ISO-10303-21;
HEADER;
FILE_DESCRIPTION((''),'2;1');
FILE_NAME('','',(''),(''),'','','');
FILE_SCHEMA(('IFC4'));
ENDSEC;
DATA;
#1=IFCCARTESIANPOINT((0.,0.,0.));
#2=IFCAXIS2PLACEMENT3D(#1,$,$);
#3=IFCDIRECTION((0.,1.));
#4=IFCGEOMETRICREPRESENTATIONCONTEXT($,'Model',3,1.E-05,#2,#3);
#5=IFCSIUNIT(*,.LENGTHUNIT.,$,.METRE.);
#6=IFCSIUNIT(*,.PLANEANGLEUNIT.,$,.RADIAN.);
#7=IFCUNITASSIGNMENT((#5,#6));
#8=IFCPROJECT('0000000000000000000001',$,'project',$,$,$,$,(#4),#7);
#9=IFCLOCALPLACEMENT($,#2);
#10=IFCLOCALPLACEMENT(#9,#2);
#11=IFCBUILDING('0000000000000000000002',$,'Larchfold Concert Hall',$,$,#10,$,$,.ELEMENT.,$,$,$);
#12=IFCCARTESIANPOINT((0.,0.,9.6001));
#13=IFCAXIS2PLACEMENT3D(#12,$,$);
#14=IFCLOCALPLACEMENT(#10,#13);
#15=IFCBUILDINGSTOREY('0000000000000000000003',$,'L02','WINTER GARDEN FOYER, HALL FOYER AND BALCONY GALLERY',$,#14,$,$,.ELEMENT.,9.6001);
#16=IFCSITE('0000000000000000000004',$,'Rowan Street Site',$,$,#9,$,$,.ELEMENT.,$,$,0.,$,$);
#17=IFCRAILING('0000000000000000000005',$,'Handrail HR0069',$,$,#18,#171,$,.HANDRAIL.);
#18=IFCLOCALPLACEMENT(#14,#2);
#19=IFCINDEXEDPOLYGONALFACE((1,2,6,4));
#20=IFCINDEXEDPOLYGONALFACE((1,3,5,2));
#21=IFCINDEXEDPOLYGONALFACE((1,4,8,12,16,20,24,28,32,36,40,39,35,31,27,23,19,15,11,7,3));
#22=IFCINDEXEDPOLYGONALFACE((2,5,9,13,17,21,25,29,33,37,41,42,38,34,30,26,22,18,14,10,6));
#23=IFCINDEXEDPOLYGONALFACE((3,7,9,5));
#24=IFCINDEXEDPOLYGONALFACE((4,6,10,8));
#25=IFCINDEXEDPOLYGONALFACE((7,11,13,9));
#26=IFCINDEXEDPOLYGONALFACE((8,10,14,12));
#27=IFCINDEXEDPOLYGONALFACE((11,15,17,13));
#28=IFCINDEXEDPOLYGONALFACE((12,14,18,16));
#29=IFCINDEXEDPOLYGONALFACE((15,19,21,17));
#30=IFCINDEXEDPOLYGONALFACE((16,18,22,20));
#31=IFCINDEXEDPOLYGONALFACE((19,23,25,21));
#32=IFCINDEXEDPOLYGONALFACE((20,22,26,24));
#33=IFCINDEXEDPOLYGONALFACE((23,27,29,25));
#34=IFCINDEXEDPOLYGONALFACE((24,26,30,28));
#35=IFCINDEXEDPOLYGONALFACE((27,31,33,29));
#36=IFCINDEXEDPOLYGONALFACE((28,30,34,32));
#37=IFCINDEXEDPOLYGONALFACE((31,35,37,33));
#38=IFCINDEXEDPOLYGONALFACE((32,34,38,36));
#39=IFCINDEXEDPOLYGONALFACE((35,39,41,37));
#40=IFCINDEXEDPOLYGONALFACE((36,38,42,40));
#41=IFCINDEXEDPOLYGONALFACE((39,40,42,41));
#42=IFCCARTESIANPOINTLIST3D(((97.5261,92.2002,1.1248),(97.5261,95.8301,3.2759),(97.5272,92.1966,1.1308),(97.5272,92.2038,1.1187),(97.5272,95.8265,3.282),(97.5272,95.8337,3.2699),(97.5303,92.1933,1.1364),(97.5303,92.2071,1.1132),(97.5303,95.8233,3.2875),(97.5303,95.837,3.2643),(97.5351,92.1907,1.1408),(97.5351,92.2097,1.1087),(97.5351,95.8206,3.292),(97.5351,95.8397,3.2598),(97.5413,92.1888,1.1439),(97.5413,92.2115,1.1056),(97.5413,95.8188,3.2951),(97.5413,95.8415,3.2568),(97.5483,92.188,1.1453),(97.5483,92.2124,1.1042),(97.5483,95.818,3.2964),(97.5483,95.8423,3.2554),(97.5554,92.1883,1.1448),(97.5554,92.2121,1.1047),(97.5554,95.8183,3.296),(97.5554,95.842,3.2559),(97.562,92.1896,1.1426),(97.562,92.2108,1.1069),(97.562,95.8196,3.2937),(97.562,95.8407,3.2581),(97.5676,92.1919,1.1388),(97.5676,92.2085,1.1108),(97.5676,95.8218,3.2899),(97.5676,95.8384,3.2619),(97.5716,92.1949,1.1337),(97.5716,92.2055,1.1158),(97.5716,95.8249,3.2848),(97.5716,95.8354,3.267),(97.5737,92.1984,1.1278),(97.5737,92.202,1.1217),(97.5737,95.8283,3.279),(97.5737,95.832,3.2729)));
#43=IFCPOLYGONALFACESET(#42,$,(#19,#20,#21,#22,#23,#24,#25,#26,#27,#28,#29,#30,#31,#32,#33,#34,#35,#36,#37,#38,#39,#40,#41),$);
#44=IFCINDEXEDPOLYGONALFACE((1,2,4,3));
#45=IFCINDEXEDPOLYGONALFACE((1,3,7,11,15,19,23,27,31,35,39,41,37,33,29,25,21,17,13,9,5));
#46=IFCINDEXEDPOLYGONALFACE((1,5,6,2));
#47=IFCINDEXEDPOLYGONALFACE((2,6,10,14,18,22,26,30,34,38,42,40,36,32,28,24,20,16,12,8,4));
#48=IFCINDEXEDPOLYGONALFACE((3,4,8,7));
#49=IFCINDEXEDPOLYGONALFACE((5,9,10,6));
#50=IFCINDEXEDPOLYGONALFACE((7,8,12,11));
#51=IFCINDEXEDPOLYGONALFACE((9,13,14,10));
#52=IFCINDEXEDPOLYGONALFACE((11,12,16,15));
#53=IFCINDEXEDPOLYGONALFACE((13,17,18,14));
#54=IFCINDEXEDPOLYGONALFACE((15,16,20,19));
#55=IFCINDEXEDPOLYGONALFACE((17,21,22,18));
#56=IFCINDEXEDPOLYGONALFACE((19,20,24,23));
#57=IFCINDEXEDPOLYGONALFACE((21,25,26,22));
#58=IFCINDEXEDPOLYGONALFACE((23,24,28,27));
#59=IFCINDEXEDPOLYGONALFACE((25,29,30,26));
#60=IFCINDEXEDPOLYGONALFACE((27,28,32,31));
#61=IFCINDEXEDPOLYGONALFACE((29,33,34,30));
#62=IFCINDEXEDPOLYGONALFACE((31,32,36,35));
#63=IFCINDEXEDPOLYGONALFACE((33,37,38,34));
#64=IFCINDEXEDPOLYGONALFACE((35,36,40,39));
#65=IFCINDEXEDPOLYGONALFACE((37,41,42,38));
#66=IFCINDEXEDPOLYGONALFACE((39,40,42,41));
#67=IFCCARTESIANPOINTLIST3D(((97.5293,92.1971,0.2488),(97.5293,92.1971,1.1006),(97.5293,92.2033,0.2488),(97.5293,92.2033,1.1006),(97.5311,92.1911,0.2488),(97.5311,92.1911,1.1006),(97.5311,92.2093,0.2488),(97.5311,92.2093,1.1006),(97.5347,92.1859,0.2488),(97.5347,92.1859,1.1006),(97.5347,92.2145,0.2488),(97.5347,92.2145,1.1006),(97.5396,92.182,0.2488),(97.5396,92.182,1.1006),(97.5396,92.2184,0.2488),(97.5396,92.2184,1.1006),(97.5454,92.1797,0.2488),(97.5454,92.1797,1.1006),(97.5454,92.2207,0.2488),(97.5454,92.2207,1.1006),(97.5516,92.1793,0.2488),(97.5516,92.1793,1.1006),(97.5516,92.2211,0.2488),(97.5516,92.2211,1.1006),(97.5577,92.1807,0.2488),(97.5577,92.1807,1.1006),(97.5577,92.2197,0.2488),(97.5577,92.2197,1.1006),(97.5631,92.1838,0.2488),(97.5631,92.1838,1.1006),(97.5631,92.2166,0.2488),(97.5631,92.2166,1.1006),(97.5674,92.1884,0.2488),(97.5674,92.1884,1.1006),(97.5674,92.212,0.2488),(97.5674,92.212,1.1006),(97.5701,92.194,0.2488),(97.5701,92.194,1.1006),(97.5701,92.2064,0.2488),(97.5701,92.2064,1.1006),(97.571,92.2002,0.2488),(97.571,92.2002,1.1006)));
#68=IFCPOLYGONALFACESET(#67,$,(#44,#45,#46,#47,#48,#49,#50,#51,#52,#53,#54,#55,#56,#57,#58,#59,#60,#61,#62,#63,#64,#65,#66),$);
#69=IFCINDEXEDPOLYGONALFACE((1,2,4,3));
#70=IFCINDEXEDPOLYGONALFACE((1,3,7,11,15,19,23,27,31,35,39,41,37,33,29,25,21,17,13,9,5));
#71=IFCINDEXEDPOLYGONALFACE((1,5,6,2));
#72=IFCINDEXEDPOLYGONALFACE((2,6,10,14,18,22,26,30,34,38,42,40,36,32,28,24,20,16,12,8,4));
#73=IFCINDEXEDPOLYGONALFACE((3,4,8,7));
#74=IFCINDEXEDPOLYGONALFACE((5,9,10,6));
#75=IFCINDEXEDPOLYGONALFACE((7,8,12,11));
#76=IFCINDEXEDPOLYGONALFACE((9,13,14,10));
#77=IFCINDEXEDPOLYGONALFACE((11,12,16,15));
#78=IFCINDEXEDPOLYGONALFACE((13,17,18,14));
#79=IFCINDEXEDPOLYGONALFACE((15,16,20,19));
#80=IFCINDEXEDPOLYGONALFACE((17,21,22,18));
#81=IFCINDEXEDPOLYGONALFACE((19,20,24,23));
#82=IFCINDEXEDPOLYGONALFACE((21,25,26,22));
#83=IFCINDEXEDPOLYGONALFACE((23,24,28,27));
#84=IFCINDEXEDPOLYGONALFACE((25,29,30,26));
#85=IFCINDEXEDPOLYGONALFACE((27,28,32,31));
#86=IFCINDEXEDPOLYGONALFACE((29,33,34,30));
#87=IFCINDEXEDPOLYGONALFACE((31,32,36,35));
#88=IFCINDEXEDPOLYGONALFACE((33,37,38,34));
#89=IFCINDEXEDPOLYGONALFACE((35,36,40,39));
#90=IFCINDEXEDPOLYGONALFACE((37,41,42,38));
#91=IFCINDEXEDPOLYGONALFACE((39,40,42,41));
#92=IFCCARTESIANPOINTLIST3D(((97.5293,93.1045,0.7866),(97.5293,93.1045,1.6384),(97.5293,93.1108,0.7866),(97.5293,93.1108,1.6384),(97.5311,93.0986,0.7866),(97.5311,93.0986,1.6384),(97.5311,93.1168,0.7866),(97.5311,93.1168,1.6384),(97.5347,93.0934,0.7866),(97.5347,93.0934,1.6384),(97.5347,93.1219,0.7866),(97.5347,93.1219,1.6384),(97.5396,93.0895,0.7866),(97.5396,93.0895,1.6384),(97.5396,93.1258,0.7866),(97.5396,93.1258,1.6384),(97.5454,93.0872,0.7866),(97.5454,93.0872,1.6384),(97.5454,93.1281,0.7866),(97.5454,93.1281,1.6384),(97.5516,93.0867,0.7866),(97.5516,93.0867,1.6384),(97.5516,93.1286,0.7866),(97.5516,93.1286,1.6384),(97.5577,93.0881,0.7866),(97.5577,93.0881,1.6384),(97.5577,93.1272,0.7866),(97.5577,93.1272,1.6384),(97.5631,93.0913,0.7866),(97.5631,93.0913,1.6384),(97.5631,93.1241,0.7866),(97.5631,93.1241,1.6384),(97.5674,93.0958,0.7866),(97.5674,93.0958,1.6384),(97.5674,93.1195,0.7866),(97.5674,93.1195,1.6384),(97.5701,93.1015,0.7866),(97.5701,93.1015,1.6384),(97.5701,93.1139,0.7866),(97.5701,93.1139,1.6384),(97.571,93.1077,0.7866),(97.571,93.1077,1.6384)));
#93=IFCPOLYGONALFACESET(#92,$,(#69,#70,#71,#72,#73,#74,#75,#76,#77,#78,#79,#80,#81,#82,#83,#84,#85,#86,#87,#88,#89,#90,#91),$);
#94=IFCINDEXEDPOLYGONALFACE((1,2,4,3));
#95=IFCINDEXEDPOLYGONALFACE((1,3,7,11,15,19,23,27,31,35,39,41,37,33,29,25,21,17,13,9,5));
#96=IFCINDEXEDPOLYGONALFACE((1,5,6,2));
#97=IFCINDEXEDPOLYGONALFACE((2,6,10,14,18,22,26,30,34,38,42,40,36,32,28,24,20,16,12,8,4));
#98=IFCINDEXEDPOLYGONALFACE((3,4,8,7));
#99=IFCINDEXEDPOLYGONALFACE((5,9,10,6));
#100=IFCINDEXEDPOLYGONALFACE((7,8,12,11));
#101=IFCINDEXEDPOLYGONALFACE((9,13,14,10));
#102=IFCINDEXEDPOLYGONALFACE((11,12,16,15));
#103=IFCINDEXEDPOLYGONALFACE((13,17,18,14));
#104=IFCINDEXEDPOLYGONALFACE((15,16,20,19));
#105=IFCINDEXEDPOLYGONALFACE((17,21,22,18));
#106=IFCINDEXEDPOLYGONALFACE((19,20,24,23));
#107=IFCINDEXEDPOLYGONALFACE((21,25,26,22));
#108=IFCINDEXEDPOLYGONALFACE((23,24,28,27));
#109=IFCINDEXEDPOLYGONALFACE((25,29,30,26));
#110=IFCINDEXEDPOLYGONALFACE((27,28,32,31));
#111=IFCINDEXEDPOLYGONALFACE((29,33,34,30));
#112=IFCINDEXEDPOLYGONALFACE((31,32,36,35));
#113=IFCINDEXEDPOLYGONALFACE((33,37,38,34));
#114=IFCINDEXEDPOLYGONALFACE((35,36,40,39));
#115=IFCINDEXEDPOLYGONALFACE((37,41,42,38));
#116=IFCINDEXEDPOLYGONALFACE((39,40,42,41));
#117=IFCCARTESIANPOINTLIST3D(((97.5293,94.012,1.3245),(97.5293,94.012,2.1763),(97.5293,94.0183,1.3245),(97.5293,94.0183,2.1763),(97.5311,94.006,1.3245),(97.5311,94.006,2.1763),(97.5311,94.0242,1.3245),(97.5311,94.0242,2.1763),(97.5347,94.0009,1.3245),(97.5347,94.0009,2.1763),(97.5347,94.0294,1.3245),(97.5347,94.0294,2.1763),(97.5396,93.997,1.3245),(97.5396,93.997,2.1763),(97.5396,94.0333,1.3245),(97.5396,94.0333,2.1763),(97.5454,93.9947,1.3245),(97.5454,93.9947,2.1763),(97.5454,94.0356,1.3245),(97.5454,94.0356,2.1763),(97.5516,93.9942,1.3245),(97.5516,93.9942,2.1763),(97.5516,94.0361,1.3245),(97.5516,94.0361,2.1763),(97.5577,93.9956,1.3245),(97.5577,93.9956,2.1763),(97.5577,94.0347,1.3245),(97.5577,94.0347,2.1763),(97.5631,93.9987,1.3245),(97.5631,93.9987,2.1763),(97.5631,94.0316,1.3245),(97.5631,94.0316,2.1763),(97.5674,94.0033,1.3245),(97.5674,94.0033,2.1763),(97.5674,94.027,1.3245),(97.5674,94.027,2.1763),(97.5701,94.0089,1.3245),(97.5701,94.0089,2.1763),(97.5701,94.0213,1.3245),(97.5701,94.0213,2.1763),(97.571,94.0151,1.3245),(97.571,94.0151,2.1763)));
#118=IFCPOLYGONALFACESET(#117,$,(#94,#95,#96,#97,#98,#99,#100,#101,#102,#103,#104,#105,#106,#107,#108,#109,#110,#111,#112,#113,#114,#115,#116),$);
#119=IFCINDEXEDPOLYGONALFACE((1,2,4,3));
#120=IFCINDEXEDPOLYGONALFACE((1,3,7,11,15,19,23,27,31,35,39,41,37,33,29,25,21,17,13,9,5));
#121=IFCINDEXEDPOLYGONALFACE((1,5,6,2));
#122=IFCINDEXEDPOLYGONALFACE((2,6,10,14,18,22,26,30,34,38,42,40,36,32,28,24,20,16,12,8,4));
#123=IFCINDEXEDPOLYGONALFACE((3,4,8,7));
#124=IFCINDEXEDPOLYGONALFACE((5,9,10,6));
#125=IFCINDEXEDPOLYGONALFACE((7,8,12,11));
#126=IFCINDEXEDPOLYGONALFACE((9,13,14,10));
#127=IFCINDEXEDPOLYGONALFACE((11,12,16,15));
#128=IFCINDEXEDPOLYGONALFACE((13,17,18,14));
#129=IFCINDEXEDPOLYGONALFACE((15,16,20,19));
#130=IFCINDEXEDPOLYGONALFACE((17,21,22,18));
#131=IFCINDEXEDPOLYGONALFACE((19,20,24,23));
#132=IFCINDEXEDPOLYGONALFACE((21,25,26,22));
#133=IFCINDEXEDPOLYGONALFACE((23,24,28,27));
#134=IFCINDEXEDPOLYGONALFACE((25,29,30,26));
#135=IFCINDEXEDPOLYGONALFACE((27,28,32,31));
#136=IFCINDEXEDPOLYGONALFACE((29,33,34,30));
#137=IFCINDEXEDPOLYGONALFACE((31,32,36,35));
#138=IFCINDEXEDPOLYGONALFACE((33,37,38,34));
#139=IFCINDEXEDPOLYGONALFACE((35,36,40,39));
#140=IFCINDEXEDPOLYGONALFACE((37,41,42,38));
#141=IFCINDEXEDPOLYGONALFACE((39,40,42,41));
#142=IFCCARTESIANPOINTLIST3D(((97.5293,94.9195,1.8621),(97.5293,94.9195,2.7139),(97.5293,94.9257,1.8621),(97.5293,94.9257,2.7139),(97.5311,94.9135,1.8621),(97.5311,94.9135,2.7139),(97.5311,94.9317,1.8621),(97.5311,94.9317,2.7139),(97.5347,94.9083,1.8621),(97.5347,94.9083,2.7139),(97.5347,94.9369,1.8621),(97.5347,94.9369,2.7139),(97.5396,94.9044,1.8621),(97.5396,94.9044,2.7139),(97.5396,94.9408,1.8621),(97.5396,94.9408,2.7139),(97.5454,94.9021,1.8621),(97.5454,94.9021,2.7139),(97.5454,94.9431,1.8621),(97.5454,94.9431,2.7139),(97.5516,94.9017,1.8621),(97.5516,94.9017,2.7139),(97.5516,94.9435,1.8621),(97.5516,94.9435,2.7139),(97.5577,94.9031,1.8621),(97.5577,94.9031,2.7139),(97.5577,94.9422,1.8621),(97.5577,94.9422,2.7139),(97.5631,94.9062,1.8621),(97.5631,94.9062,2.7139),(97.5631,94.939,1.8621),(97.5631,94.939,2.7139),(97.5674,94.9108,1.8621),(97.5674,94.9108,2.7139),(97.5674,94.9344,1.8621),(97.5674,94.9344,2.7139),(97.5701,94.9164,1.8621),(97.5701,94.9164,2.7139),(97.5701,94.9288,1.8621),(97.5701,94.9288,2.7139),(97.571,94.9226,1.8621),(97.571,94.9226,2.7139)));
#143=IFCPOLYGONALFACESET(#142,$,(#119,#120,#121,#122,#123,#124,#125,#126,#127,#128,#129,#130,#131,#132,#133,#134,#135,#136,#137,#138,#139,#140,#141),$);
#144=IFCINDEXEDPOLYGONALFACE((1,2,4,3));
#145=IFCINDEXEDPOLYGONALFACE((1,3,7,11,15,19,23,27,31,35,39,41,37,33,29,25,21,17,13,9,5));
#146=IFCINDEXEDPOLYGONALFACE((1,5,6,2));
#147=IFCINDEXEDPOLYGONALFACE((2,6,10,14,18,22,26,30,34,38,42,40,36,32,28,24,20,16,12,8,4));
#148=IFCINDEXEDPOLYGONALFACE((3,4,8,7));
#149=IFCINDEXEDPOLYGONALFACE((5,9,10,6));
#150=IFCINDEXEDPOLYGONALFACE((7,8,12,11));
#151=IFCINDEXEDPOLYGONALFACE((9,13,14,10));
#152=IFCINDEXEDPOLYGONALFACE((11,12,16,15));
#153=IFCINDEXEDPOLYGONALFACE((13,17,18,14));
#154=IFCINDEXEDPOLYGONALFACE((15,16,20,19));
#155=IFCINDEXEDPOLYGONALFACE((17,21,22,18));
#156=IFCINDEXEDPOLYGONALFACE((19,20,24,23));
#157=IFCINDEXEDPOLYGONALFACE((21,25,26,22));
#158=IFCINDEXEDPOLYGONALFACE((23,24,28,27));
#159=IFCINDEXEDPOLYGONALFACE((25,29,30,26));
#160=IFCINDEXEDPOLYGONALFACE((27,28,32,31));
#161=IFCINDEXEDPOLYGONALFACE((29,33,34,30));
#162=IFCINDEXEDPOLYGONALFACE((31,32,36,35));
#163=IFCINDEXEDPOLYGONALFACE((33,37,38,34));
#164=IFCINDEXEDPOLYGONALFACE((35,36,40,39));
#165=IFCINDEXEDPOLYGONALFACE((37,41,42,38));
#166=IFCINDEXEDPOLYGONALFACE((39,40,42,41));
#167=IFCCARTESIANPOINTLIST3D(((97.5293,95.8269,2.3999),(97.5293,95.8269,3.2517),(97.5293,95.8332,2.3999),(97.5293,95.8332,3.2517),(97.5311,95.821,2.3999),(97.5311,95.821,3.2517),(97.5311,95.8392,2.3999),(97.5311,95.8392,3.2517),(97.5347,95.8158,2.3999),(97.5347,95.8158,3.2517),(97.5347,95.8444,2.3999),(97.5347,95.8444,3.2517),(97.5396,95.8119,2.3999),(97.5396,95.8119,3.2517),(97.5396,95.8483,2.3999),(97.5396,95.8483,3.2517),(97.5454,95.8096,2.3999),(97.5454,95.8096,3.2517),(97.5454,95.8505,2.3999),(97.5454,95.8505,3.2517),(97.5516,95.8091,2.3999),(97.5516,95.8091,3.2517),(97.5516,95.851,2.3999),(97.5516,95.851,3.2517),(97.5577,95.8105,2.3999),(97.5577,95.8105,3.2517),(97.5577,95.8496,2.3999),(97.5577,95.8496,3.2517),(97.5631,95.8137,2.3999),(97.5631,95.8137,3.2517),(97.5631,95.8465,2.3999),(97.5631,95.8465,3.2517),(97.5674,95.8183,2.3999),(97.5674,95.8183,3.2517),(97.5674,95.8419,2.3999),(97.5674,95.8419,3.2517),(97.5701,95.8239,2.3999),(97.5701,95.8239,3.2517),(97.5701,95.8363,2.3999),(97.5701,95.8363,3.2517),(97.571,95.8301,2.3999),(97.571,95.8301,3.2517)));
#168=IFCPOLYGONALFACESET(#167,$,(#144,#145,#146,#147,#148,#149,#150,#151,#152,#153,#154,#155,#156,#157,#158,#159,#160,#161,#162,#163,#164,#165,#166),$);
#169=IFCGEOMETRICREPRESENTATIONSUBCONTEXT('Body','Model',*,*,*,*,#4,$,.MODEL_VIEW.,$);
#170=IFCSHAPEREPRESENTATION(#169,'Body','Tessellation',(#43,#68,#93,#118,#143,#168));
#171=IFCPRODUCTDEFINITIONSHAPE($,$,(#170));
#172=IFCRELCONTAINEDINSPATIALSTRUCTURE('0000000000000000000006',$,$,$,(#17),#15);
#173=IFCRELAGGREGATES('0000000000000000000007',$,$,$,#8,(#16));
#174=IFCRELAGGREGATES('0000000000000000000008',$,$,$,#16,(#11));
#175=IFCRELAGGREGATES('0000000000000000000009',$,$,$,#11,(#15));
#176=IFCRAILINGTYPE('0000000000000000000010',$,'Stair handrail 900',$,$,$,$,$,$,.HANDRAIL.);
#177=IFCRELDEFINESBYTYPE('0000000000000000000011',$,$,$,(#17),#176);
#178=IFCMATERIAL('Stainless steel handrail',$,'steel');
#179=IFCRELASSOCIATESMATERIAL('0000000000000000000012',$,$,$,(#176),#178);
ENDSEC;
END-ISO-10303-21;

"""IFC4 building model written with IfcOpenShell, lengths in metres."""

from ifc_helpers import new_model, si_unit, direction, frame, origin, origin_2d, place, context, subcontext, project, spatial, circle, extrude, material, type_object, element, save


model = new_model("IFC4")

# Units and contexts
model_context = context("Model", 3, precision=1e-05, world=origin(), true_north=direction((0.0, 1.0)))
body_context = subcontext(model_context, "Body", "Model", "MODEL_VIEW")
ifc_project = project(units=[si_unit("LENGTHUNIT", "METRE"), si_unit("PLANEANGLEUNIT", "RADIAN")], contexts=[model_context])

# Site, building, storey
site_placement = place(None, origin())
site = spatial("IfcSite", under=ifc_project, at=site_placement, Name="Rowan Street Site", CompositionType="ELEMENT", RefElevation=0.0)
building_placement = place(site_placement, origin())
building = spatial("IfcBuilding", under=site, at=building_placement, Name="Larchfold Concert Hall", CompositionType="ELEMENT")
storey_placement = place(building_placement, frame((0.0, 0.0, 9.6001)))
storey = spatial("IfcBuildingStorey", under=building, at=storey_placement, Name="L02", Description="WINTER GARDEN FOYER, HALL FOYER AND BALCONY GALLERY", CompositionType="ELEMENT", Elevation=9.6001)

# Railing
ifc_material_1 = material(Name="Stainless steel handrail", Category="steel")
railing_type_1 = type_object("IfcRailingType", Name="Stair handrail 900", PredefinedType="HANDRAIL", material=ifc_material_1)
railing_1_placement = place(storey_placement, frame((97.55, 92.2002, 0.2488)))
element("IfcRailing", 1, at=railing_1_placement, inside=storey, type_object=railing_type_1, Name="Handrail HR0069", PredefinedType="HANDRAIL", context=body_context, shape_type="SweptSolid", body=[
    extrude(circle(Radius=0.0239, at=origin_2d()), frame((0.0, 0.0, 0.876), z_axis=(0.0, 0.860283, 0.509817), x_axis=(-1.0, 0.0, 0.0)), (0.0, 0.0, 1.0), 4.2195),
    extrude(circle(Radius=0.021, at=origin_2d()), origin(), (0.0, 0.0, 1.0), 0.8518),
    extrude(circle(Radius=0.021, at=origin_2d()), frame((0.0, 0.9075, 0.5378)), (0.0, 0.0, 1.0), 0.8518),
    extrude(circle(Radius=0.021, at=origin_2d()), frame((0.0, 1.8149, 1.0757)), (0.0, 0.0, 1.0), 0.8518),
    extrude(circle(Radius=0.021, at=origin_2d()), frame((0.0, 2.7224, 1.6133)), (0.0, 0.0, 1.0), 0.8518),
    extrude(circle(Radius=0.021, at=origin_2d()), frame((0.0, 3.6299, 2.1511)), (0.0, 0.0, 1.0), 0.8518),
])

save(model, "model.ifc")
